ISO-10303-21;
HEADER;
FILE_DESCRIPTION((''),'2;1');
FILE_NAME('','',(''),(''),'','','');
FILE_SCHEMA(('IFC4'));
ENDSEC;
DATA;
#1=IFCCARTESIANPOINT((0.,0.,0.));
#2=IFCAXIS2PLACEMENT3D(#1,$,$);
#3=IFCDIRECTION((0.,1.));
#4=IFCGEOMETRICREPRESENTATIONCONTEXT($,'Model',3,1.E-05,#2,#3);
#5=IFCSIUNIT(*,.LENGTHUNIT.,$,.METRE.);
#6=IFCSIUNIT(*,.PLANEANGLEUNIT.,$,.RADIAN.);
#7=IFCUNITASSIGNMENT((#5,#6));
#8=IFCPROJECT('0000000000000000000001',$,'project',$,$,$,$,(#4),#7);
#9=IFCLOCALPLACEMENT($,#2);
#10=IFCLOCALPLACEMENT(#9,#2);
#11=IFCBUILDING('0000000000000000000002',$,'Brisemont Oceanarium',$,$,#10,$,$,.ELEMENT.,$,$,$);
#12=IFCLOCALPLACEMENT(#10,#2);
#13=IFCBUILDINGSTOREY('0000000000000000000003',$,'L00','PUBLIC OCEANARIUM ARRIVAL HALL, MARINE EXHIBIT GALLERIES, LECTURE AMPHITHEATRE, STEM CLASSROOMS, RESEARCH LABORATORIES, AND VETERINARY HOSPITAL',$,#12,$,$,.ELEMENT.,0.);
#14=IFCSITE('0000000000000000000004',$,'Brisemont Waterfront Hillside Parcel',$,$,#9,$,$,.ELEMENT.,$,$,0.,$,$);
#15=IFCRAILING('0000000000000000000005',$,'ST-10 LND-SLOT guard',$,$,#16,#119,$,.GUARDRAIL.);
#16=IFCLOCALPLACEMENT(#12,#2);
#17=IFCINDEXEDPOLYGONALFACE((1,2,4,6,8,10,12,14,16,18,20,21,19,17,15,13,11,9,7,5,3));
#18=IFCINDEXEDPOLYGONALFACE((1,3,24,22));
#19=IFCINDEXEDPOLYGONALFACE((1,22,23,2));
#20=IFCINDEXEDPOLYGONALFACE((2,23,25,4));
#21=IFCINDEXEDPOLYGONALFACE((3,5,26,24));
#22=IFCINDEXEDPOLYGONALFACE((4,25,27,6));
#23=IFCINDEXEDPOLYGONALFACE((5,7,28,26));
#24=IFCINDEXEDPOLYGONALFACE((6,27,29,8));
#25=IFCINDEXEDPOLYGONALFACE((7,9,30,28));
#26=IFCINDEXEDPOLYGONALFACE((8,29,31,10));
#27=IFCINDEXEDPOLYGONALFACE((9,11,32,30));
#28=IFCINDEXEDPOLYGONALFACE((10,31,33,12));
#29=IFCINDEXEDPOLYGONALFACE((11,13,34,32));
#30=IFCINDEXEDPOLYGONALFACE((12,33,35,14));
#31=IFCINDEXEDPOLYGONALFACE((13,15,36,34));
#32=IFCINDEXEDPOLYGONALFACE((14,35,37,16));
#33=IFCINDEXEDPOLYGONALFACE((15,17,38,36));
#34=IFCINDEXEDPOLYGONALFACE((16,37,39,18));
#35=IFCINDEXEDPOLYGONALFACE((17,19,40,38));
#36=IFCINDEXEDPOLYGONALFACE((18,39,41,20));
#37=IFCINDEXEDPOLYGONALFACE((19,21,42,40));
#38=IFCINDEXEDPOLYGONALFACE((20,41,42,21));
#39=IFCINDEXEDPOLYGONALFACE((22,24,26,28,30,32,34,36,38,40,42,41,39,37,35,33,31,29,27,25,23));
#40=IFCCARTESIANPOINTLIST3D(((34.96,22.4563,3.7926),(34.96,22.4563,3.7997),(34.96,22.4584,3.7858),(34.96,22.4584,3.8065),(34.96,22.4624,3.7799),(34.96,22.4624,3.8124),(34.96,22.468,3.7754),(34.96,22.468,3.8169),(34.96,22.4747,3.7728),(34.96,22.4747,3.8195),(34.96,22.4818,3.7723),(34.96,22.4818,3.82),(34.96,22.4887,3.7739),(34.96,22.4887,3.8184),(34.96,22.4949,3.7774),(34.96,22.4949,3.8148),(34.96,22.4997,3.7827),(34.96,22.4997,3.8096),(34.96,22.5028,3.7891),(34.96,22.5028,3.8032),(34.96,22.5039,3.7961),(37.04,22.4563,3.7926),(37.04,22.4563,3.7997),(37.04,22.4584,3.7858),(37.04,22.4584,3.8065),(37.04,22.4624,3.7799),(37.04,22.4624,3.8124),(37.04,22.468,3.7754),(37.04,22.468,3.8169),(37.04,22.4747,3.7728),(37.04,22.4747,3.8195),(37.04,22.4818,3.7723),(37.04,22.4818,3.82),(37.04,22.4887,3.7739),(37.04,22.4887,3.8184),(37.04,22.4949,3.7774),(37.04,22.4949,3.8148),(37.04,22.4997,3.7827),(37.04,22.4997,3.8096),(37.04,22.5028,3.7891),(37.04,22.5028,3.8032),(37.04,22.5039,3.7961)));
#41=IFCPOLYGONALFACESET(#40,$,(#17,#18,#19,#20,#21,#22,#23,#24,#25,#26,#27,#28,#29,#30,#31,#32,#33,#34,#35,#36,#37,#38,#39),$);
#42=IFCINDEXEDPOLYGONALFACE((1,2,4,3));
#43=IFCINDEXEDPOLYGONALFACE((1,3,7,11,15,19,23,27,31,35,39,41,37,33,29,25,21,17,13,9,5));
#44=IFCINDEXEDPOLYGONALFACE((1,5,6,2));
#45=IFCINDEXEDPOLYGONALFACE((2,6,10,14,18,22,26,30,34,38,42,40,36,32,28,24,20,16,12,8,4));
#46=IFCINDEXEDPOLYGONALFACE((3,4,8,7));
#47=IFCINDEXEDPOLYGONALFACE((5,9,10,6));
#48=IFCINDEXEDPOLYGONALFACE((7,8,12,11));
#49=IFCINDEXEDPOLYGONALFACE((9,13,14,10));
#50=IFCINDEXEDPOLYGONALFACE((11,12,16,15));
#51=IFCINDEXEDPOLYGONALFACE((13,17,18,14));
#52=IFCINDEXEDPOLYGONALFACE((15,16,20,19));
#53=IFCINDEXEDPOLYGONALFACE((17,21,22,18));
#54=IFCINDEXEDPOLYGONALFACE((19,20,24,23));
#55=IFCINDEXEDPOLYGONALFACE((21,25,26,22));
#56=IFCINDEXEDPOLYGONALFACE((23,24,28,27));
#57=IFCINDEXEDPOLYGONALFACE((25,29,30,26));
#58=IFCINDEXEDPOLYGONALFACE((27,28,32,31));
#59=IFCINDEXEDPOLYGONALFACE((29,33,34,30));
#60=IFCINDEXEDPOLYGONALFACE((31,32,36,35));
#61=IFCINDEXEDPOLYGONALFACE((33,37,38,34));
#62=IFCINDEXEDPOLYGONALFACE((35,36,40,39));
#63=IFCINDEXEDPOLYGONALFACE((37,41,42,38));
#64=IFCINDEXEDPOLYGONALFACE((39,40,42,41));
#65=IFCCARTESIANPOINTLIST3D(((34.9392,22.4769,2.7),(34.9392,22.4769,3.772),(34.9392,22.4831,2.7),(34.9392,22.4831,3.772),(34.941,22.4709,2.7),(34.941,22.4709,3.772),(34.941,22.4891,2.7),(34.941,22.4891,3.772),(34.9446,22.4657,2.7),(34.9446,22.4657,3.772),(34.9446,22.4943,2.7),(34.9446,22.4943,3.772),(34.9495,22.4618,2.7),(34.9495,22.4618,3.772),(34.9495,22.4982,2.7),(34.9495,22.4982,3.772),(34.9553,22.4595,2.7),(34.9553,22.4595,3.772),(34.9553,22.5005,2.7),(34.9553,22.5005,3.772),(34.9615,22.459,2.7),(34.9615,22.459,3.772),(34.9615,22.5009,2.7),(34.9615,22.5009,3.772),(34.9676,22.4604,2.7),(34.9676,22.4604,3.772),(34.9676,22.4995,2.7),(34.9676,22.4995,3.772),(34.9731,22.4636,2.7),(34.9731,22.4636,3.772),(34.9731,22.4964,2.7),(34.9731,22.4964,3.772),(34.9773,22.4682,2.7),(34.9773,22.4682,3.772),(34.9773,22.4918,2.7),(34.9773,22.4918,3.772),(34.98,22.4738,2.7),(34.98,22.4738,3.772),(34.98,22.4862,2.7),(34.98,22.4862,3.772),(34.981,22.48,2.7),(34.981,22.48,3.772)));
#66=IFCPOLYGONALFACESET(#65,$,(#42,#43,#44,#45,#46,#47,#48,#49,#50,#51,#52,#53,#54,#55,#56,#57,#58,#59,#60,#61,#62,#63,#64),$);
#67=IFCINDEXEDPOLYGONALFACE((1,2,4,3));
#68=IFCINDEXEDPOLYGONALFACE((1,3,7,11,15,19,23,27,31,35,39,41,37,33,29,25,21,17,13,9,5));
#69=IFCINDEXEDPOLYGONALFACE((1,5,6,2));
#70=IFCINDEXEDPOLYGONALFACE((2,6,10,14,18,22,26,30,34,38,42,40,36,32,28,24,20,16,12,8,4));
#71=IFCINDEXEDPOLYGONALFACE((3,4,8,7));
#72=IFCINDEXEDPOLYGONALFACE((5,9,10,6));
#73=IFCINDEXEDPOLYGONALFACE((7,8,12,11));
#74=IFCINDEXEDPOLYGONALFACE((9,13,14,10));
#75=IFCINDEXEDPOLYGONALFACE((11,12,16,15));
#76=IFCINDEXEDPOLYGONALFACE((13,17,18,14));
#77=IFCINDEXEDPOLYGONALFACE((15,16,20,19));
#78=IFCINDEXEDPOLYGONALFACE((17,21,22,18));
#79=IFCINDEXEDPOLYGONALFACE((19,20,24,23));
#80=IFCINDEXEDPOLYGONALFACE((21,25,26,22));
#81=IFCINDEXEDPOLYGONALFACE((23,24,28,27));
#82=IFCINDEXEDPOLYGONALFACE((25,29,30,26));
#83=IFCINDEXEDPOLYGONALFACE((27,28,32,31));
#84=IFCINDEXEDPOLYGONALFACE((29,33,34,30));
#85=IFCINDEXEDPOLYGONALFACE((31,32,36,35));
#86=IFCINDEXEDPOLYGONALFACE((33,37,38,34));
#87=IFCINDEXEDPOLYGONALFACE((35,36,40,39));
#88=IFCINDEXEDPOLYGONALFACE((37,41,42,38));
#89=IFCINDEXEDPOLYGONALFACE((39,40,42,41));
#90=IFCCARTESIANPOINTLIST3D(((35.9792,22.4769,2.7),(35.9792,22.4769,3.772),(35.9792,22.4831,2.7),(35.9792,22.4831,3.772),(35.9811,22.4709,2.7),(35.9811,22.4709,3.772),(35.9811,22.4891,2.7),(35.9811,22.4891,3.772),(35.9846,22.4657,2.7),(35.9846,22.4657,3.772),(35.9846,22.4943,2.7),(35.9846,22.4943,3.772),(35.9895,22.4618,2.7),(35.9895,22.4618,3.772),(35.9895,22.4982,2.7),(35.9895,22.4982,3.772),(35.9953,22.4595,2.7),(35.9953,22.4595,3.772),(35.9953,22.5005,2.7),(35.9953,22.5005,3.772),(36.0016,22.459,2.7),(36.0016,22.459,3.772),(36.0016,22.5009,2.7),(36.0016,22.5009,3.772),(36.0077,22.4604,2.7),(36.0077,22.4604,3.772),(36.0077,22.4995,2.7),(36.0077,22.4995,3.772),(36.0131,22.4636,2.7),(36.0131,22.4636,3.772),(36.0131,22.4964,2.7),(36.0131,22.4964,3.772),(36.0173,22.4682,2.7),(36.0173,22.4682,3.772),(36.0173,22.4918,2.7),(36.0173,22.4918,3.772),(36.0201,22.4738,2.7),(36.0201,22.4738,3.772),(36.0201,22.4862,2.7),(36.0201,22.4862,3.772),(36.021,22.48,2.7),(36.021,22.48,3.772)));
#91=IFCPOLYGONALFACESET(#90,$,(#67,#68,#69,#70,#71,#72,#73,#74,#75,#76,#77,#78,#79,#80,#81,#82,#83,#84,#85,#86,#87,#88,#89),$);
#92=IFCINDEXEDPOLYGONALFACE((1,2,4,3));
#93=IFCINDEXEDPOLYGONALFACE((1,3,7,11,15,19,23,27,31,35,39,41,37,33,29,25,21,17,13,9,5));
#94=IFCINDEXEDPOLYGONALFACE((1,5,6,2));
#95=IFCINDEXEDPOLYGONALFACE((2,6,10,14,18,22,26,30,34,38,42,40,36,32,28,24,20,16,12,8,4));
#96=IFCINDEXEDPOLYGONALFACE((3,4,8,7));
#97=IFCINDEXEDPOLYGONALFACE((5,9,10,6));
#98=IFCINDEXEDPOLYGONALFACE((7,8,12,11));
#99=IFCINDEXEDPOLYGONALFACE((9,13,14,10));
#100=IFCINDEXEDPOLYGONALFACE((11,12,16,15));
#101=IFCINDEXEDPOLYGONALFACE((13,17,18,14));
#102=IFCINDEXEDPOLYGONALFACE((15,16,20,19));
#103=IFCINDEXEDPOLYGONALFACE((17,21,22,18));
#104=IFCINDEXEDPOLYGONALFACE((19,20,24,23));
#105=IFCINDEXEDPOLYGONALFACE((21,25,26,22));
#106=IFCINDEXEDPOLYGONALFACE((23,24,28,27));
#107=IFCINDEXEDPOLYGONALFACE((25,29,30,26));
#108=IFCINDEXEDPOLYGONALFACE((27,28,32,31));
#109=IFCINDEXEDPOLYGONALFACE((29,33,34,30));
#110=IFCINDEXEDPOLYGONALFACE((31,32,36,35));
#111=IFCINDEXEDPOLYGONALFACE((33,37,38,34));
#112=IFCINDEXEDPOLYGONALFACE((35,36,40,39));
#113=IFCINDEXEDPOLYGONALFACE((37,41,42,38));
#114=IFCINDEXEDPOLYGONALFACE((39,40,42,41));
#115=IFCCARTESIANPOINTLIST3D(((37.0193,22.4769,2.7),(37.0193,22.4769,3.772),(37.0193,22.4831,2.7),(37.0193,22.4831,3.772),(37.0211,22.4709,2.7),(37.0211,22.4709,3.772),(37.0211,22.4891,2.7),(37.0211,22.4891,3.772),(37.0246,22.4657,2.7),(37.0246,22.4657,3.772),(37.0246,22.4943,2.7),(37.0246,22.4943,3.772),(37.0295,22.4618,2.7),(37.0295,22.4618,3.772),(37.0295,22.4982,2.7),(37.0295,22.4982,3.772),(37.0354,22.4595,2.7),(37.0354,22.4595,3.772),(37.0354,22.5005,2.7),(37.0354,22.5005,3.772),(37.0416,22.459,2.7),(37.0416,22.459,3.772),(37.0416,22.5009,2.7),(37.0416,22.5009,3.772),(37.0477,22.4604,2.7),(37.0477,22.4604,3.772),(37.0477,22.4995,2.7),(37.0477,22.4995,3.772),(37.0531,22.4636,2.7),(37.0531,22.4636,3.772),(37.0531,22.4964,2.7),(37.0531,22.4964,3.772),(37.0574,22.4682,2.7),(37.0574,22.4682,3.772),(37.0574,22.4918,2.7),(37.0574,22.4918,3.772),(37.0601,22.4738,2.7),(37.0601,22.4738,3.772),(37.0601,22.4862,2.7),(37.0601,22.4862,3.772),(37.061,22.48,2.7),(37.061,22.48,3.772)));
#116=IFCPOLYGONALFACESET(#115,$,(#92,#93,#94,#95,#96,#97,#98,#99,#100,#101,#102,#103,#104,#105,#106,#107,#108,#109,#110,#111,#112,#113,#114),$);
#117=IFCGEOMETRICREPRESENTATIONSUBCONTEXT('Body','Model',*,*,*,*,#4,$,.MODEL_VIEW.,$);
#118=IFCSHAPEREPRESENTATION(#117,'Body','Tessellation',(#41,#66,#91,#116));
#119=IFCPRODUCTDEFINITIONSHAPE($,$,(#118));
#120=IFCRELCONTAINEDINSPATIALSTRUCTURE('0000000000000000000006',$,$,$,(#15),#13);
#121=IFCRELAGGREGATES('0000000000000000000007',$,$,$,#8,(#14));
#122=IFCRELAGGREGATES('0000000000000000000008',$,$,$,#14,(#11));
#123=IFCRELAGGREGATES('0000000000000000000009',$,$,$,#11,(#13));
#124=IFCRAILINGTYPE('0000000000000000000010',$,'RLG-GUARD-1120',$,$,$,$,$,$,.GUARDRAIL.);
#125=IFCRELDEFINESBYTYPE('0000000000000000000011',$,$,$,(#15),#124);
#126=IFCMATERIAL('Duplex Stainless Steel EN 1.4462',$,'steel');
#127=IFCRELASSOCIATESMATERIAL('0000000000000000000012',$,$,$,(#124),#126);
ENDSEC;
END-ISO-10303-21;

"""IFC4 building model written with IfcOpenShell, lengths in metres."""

from ifc_helpers import new_model, si_unit, direction, frame, origin, origin_2d, place, context, subcontext, project, spatial, circle, extrude, material, type_object, element, save


model = new_model("IFC4")

# Units and contexts
model_context = context("Model", 3, precision=1e-05, world=origin(), true_north=direction((0.0, 1.0)))
body_context = subcontext(model_context, "Body", "Model", "MODEL_VIEW")
ifc_project = project(units=[si_unit("LENGTHUNIT", "METRE"), si_unit("PLANEANGLEUNIT", "RADIAN")], contexts=[model_context])

# Site, building, storey
site_placement = place(None, origin())
site = spatial("IfcSite", under=ifc_project, at=site_placement, Name="Brisemont Waterfront Hillside Parcel", CompositionType="ELEMENT", RefElevation=0.0)
building_placement = place(site_placement, origin())
building = spatial("IfcBuilding", under=site, at=building_placement, Name="Brisemont Oceanarium", CompositionType="ELEMENT")
storey_placement = place(building_placement, origin())
storey = spatial("IfcBuildingStorey", under=building, at=storey_placement, Name="L00", Description="PUBLIC OCEANARIUM ARRIVAL HALL, MARINE EXHIBIT GALLERIES, LECTURE AMPHITHEATRE, STEM CLASSROOMS, RESEARCH LABORATORIES, AND VETERINARY HOSPITAL", CompositionType="ELEMENT", Elevation=0.0)

# Railing
ifc_material_1 = material(Name="Duplex Stainless Steel EN 1.4462", Category="steel")
railing_type_1 = type_object("IfcRailingType", Name="RLG-GUARD-1120", PredefinedType="GUARDRAIL", material=ifc_material_1)
railing_1_placement = place(storey_placement, frame((34.96, 22.48, 2.7)))
element("IfcRailing", 1, at=railing_1_placement, inside=storey, type_object=railing_type_1, Name="ST-10 LND-SLOT guard", PredefinedType="GUARDRAIL", context=body_context, shape_type="SweptSolid", body=[
    extrude(circle(Radius=0.0239, at=origin_2d()), frame((0.0, 0.0, 1.0962), z_axis=(1.0, 0.0, 0.0), x_axis=(0.0, 1.0, 0.0)), (0.0, 0.0, 1.0), 2.0801),
    extrude(circle(Radius=0.021, at=origin_2d()), origin(), (0.0, 0.0, 1.0), 1.072),
    extrude(circle(Radius=0.021, at=origin_2d()), frame((1.04, 0.0, 0.0)), (0.0, 0.0, 1.0), 1.072),
    extrude(circle(Radius=0.021, at=origin_2d()), frame((2.0801, 0.0, 0.0)), (0.0, 0.0, 1.0), 1.072),
])

save(model, "model.ifc")
